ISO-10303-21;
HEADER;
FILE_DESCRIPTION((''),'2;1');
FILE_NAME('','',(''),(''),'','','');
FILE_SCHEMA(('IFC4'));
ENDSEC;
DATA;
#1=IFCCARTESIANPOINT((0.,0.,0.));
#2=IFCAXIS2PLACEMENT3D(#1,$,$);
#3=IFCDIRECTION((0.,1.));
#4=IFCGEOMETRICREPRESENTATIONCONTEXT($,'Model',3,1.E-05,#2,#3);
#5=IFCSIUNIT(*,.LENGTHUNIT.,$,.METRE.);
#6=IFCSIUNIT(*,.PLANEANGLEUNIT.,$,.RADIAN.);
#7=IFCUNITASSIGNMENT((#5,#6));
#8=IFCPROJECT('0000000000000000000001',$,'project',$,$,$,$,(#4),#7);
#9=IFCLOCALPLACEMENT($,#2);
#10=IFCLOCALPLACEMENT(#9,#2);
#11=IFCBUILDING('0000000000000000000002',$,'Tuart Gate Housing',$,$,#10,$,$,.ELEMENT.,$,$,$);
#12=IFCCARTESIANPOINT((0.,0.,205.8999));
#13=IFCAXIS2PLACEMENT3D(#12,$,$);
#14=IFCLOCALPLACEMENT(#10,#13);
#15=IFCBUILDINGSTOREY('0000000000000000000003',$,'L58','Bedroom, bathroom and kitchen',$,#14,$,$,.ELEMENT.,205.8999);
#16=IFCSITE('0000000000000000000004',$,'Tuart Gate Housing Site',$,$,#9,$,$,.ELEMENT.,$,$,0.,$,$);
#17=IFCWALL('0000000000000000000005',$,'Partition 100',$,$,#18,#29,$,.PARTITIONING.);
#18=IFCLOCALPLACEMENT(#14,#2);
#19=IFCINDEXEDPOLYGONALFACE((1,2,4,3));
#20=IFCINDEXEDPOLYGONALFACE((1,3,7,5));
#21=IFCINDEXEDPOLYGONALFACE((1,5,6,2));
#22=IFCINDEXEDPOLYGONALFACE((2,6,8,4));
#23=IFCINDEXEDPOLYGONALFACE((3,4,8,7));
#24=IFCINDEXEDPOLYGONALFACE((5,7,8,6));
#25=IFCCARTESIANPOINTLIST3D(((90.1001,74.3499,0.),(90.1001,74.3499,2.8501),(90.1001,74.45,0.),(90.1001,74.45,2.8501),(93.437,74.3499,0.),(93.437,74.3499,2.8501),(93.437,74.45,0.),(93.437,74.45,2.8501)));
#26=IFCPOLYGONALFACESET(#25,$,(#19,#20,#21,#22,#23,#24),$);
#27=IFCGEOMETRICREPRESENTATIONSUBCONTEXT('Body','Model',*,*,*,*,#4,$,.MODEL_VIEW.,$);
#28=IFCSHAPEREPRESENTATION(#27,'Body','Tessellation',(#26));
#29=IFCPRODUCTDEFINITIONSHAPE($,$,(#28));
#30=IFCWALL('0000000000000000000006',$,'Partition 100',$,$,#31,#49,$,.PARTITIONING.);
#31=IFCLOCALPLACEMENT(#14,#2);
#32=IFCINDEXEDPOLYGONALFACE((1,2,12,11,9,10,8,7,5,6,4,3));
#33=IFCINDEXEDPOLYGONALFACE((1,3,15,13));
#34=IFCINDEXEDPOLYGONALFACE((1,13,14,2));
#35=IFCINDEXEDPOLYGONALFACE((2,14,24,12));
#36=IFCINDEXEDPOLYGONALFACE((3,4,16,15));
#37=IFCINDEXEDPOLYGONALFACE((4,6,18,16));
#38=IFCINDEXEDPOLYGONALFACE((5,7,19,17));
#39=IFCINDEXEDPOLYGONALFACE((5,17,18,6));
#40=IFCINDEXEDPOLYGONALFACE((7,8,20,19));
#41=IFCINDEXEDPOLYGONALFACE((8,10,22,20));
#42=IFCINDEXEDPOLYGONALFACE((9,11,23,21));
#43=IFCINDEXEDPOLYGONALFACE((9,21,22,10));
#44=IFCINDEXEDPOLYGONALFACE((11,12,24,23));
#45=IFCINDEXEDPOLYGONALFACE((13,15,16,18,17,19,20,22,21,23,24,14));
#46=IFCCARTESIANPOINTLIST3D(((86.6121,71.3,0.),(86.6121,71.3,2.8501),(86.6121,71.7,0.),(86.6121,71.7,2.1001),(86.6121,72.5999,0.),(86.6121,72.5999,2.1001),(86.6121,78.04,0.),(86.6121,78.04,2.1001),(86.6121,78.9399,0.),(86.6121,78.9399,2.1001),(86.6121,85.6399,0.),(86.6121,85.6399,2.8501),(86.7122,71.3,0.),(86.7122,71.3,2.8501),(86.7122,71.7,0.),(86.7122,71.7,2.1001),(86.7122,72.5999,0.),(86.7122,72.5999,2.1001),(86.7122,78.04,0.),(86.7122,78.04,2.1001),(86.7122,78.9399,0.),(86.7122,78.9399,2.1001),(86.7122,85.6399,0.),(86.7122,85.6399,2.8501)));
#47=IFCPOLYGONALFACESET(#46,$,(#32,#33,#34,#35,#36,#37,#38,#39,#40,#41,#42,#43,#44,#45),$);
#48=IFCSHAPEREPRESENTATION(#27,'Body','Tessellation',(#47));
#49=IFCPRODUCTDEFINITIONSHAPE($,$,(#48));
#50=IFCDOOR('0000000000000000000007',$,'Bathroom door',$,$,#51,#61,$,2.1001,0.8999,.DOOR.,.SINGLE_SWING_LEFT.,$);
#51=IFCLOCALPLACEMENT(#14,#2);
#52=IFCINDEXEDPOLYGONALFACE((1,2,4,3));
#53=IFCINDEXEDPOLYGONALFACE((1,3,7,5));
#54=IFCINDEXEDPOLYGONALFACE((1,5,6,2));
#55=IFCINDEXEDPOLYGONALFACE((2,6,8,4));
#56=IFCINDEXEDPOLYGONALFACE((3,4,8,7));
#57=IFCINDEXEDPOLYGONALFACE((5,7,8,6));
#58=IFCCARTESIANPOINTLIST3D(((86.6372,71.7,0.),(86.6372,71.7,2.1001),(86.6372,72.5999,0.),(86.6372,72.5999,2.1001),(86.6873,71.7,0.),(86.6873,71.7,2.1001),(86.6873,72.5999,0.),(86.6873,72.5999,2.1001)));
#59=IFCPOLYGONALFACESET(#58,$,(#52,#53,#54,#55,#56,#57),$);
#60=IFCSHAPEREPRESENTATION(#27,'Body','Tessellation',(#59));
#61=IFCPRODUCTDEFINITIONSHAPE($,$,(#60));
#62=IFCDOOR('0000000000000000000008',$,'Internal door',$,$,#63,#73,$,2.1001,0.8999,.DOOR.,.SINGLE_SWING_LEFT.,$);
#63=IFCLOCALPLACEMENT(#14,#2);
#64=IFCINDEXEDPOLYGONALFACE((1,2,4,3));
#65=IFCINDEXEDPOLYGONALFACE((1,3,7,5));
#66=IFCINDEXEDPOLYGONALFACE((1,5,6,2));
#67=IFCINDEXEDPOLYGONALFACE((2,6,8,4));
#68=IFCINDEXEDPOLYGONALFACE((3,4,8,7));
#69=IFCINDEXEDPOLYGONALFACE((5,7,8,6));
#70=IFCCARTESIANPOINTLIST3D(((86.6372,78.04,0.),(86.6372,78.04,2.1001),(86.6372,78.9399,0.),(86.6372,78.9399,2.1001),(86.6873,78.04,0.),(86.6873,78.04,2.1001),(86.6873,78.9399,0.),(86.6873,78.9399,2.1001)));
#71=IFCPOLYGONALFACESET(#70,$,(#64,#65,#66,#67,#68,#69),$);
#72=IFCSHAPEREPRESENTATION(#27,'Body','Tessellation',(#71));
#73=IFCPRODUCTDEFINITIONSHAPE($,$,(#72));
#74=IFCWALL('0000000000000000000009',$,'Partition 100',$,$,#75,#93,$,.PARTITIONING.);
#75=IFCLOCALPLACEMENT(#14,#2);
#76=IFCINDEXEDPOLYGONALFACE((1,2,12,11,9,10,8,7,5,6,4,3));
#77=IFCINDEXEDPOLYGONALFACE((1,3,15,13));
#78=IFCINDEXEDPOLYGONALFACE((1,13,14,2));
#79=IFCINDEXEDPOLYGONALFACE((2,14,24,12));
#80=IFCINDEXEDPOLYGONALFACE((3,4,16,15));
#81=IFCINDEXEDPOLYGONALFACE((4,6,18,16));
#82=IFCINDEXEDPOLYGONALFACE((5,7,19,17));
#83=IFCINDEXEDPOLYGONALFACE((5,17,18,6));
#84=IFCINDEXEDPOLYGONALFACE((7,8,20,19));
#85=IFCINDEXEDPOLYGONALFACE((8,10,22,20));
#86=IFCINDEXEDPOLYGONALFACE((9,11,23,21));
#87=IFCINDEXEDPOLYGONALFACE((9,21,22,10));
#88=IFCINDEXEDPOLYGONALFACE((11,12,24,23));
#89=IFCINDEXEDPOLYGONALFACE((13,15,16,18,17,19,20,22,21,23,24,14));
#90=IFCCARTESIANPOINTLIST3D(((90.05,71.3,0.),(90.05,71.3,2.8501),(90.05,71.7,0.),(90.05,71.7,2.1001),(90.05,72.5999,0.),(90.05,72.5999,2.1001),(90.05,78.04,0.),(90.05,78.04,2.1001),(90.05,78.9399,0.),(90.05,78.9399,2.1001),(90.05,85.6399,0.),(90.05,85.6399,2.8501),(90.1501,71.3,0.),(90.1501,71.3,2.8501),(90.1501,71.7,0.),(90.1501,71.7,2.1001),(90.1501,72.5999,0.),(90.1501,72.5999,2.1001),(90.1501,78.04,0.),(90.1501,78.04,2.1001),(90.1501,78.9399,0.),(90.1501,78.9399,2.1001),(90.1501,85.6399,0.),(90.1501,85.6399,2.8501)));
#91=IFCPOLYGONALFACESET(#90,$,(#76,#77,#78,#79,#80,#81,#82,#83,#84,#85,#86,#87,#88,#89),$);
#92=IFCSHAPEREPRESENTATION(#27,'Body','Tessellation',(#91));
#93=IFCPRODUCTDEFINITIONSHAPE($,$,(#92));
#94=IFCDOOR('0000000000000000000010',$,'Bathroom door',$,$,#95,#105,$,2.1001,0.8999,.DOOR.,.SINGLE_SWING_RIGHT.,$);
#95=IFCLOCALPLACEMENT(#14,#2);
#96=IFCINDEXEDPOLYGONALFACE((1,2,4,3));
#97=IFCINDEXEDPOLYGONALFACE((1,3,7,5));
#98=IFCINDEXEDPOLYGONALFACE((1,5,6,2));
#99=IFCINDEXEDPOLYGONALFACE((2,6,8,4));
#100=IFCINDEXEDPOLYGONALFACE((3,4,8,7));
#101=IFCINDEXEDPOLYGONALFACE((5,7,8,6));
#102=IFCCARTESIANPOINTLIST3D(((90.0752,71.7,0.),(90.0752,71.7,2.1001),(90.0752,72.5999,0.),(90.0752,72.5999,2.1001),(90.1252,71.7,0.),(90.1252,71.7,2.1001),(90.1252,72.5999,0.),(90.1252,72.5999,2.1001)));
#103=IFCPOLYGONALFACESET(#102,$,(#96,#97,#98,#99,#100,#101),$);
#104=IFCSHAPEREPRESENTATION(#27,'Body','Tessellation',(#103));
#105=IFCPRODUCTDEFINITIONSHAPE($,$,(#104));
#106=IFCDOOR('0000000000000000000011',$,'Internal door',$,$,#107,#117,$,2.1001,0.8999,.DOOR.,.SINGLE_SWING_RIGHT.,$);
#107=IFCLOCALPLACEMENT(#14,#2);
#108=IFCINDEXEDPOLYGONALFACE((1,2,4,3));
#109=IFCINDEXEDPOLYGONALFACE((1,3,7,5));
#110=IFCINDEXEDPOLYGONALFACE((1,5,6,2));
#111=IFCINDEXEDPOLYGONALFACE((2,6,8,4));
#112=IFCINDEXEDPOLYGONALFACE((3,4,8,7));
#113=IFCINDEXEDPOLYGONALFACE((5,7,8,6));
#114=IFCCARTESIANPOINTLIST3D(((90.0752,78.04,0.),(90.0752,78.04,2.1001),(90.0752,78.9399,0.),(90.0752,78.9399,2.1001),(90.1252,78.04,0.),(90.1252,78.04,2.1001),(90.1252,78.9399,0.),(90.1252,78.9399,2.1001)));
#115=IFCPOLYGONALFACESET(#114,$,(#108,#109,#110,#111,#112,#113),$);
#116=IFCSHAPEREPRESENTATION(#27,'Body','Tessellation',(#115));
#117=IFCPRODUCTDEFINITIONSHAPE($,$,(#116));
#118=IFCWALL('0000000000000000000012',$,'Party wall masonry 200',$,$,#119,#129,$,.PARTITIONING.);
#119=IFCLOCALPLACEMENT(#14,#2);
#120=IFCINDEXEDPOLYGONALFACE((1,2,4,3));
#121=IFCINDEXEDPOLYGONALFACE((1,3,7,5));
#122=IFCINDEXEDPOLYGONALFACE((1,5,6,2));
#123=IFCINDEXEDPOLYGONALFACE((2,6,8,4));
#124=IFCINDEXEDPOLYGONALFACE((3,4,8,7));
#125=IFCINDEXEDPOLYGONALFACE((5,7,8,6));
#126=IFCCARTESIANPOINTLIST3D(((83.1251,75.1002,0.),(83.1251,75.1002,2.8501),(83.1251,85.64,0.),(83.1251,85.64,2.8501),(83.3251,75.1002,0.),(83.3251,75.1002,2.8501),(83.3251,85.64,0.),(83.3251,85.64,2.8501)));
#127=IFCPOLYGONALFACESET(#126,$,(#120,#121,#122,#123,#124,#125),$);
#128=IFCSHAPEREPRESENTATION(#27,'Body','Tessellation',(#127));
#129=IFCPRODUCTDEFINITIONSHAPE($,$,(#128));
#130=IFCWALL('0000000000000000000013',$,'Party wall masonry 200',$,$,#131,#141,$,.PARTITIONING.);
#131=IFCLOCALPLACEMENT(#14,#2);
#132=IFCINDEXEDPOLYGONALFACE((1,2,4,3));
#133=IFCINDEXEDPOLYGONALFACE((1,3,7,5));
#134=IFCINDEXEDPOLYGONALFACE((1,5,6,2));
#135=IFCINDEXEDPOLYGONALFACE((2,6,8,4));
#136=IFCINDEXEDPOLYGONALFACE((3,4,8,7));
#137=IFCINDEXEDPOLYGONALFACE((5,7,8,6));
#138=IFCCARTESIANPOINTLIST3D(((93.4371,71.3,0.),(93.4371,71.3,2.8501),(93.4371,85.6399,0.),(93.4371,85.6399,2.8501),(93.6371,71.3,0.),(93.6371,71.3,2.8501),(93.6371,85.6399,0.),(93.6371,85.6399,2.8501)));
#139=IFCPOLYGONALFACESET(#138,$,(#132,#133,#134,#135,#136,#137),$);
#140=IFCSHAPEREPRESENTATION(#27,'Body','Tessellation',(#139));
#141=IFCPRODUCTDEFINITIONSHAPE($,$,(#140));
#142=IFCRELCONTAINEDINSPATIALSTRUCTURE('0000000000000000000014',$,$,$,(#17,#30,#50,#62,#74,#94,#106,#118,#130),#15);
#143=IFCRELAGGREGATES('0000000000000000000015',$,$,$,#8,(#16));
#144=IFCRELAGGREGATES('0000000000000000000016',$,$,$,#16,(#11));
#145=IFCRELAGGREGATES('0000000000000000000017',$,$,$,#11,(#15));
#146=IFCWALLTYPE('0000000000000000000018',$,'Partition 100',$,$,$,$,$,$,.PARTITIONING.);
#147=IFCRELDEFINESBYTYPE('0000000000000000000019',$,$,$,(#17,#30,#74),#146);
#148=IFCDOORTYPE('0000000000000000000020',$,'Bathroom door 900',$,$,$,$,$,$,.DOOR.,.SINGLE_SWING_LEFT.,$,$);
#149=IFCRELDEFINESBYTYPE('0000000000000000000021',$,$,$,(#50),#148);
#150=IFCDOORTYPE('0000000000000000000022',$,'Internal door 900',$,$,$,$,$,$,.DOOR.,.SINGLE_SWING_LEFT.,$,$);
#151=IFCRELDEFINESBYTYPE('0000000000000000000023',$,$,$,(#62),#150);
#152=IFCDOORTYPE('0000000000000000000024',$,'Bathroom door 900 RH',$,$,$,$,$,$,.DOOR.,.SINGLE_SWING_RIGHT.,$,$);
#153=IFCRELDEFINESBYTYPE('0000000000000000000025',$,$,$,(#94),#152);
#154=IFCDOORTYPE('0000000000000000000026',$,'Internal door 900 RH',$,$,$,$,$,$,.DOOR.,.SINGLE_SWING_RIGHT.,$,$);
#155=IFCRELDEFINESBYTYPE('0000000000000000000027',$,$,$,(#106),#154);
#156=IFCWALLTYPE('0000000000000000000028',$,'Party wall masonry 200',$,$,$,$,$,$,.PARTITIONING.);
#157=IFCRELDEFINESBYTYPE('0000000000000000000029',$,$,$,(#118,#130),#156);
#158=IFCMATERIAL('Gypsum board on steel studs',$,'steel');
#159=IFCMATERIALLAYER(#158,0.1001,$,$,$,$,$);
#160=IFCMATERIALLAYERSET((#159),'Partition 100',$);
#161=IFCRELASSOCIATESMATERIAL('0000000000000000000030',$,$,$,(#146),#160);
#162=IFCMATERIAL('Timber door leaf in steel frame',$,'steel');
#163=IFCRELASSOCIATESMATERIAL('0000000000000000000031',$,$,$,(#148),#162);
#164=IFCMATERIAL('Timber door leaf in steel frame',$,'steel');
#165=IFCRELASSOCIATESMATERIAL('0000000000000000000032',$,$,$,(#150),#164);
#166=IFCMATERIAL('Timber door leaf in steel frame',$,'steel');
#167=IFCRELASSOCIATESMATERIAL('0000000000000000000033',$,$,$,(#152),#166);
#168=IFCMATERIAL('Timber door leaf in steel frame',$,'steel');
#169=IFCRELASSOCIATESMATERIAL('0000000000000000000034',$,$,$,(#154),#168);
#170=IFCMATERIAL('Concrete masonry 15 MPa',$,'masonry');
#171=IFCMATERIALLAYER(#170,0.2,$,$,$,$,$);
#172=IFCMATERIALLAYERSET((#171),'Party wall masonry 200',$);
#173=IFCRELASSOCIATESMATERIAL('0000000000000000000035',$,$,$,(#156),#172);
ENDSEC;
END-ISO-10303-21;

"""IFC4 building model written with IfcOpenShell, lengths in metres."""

from ifc_helpers import new_model, si_unit, direction, frame, frame_2d, origin, place, context, subcontext, project, spatial, rectangle, extrude, material, layer, layer_set, type_object, element, fill, save


model = new_model("IFC4")

# Units and contexts
model_context = context("Model", 3, precision=1e-05, world=origin(), true_north=direction((0.0, 1.0)))
body_context = subcontext(model_context, "Body", "Model", "MODEL_VIEW")
ifc_project = project(units=[si_unit("LENGTHUNIT", "METRE"), si_unit("PLANEANGLEUNIT", "RADIAN")], contexts=[model_context])

# Site, building, storey
site_placement = place(None, origin())
site = spatial("IfcSite", under=ifc_project, at=site_placement, Name="Tuart Gate Housing Site", CompositionType="ELEMENT", RefElevation=0.0)
building_placement = place(site_placement, origin())
building = spatial("IfcBuilding", under=site, at=building_placement, Name="Tuart Gate Housing", CompositionType="ELEMENT")
storey_placement = place(building_placement, frame((0.0, 0.0, 205.8999)))
storey = spatial("IfcBuildingStorey", under=building, at=storey_placement, Name="L58", Description="Bedroom, bathroom and kitchen", CompositionType="ELEMENT", Elevation=205.8999)

# Wall
ifc_material_1 = material(Name="Gypsum board on steel studs", Category="steel")
ifc_layer_1 = layer(ifc_material_1, 0.1001)
ifc_layer_set_1 = layer_set([ifc_layer_1], Name="Partition 100")
wall_type_1 = type_object("IfcWallType", Name="Partition 100", PredefinedType="PARTITIONING", material=ifc_layer_set_1)
wall_1_placement = place(storey_placement, frame((90.1001, 74.3999, 0.0), z_axis=(0.0, 0.0, 1.0), x_axis=(1.0, 0.0, 0.0)))
element("IfcWall", 1, at=wall_1_placement, inside=storey, type_object=wall_type_1, Name="Partition 100", PredefinedType="PARTITIONING", context=body_context, shape_type="SweptSolid", body=[
    extrude(rectangle(XDim=3.3369, YDim=0.1001, at=frame_2d((1.6685, 0.0))), origin(), (0.0, 0.0, 1.0), 2.8501),
])

# Walls, openings, doors
wall_2_placement = place(storey_placement, frame((86.6621, 71.3, 0.0), z_axis=(0.0, 0.0, 1.0), x_axis=(0.0, 1.0, 0.0)))
wall_2 = element("IfcWall", 2, at=wall_2_placement, inside=storey, type_object=wall_type_1, Name="Partition 100", PredefinedType="PARTITIONING", context=body_context, shape_type="SweptSolid", body=[
    extrude(rectangle(XDim=14.3398, YDim=0.1001, at=frame_2d((7.1699, 0.0))), origin(), (0.0, 0.0, 1.0), 2.8501),
])
opening_1_placement = place(wall_2_placement, frame((6.74, 0.0, 0.0)))
opening_1 = element("IfcOpeningElement", 3, at=opening_1_placement, cuts=wall_2, PredefinedType="OPENING", context=body_context, shape_type="SweptSolid", body=[
    extrude(rectangle(XDim=0.8999, YDim=2.1001, at=frame_2d((0.45, 1.05))), frame((0.0, 0.0601, 0.0), z_axis=(0.0, -1.0, 0.0), x_axis=(1.0, 0.0, 0.0)), (0.0, 0.0, 1.0), 0.1201),
])
opening_2_placement = place(wall_2_placement, frame((0.3999, 0.0, 0.0)))
opening_2 = element("IfcOpeningElement", 4, at=opening_2_placement, cuts=wall_2, PredefinedType="OPENING", context=body_context, shape_type="SweptSolid", body=[
    extrude(rectangle(XDim=0.8999, YDim=2.1001, at=frame_2d((0.45, 1.05))), frame((0.0, 0.0601, 0.0), z_axis=(0.0, -1.0, 0.0), x_axis=(1.0, 0.0, 0.0)), (0.0, 0.0, 1.0), 0.1201),
])
ifc_material_2 = material(Name="Timber door leaf in steel frame", Category="steel")
door_type_1 = type_object("IfcDoorType", Name="Bathroom door 900", OperationType="SINGLE_SWING_LEFT", PredefinedType="DOOR", material=ifc_material_2)
door_1_placement = place(opening_2_placement, origin())
door_1 = element("IfcDoor", 5, at=door_1_placement, inside=storey, type_object=door_type_1, Name="Bathroom door", OperationType="SINGLE_SWING_LEFT", OverallHeight=2.1001, OverallWidth=0.8999, PredefinedType="DOOR", context=body_context, shape_type="SweptSolid", body=[
    extrude(rectangle(XDim=0.8999, YDim=2.1001, at=frame_2d((0.45, 1.05))), frame((0.0, 0.0249, 0.0), z_axis=(0.0, -1.0, 0.0), x_axis=(1.0, 0.0, 0.0)), (0.0, 0.0, 1.0), 0.05),
])
fill(opening_2, door_1)
ifc_material_3 = material(Name="Timber door leaf in steel frame", Category="steel")
door_type_2 = type_object("IfcDoorType", Name="Internal door 900", OperationType="SINGLE_SWING_LEFT", PredefinedType="DOOR", material=ifc_material_3)
door_2_placement = place(opening_1_placement, origin())
door_2 = element("IfcDoor", 6, at=door_2_placement, inside=storey, type_object=door_type_2, Name="Internal door", OperationType="SINGLE_SWING_LEFT", OverallHeight=2.1001, OverallWidth=0.8999, PredefinedType="DOOR", context=body_context, shape_type="SweptSolid", body=[
    extrude(rectangle(XDim=0.8999, YDim=2.1001, at=frame_2d((0.45, 1.05))), frame((0.0, 0.0249, 0.0), z_axis=(0.0, -1.0, 0.0), x_axis=(1.0, 0.0, 0.0)), (0.0, 0.0, 1.0), 0.05),
])
fill(opening_1, door_2)
wall_3_placement = place(storey_placement, frame((90.1001, 71.3, 0.0), z_axis=(0.0, 0.0, 1.0), x_axis=(0.0, 1.0, 0.0)))
wall_3 = element("IfcWall", 7, at=wall_3_placement, inside=storey, type_object=wall_type_1, Name="Partition 100", PredefinedType="PARTITIONING", context=body_context, shape_type="SweptSolid", body=[
    extrude(rectangle(XDim=14.3398, YDim=0.1001, at=frame_2d((7.1699, 0.0))), origin(), (0.0, 0.0, 1.0), 2.8501),
])
opening_3_placement = place(wall_3_placement, frame((6.74, 0.0, 0.0)))
opening_3 = element("IfcOpeningElement", 8, at=opening_3_placement, cuts=wall_3, PredefinedType="OPENING", context=body_context, shape_type="SweptSolid", body=[
    extrude(rectangle(XDim=0.8999, YDim=2.1001, at=frame_2d((0.45, 1.05))), frame((0.0, 0.0601, 0.0), z_axis=(0.0, -1.0, 0.0), x_axis=(1.0, 0.0, 0.0)), (0.0, 0.0, 1.0), 0.1201),
])
opening_4_placement = place(wall_3_placement, frame((0.3999, 0.0, 0.0)))
opening_4 = element("IfcOpeningElement", 9, at=opening_4_placement, cuts=wall_3, PredefinedType="OPENING", context=body_context, shape_type="SweptSolid", body=[
    extrude(rectangle(XDim=0.8999, YDim=2.1001, at=frame_2d((0.45, 1.05))), frame((0.0, 0.0601, 0.0), z_axis=(0.0, -1.0, 0.0), x_axis=(1.0, 0.0, 0.0)), (0.0, 0.0, 1.0), 0.1201),
])
ifc_material_4 = material(Name="Timber door leaf in steel frame", Category="steel")
door_type_3 = type_object("IfcDoorType", Name="Bathroom door 900 RH", OperationType="SINGLE_SWING_RIGHT", PredefinedType="DOOR", material=ifc_material_4)
door_3_placement = place(opening_4_placement, frame((0.8999, 0.0, 0.0), z_axis=(0.0, 0.0, 1.0), x_axis=(-1.0, 0.0, 0.0)))
door_3 = element("IfcDoor", 10, at=door_3_placement, inside=storey, type_object=door_type_3, Name="Bathroom door", OperationType="SINGLE_SWING_RIGHT", OverallHeight=2.1001, OverallWidth=0.8999, PredefinedType="DOOR", context=body_context, shape_type="SweptSolid", body=[
    extrude(rectangle(XDim=0.8999, YDim=2.1001, at=frame_2d((0.45, 1.05))), frame((0.0, 0.0251, 0.0), z_axis=(0.0, -1.0, 0.0), x_axis=(1.0, 0.0, 0.0)), (0.0, 0.0, 1.0), 0.05),
])
fill(opening_4, door_3)
ifc_material_5 = material(Name="Timber door leaf in steel frame", Category="steel")
door_type_4 = type_object("IfcDoorType", Name="Internal door 900 RH", OperationType="SINGLE_SWING_RIGHT", PredefinedType="DOOR", material=ifc_material_5)
door_4_placement = place(opening_3_placement, frame((0.8999, 0.0, 0.0), z_axis=(0.0, 0.0, 1.0), x_axis=(-1.0, 0.0, 0.0)))
door_4 = element("IfcDoor", 11, at=door_4_placement, inside=storey, type_object=door_type_4, Name="Internal door", OperationType="SINGLE_SWING_RIGHT", OverallHeight=2.1001, OverallWidth=0.8999, PredefinedType="DOOR", context=body_context, shape_type="SweptSolid", body=[
    extrude(rectangle(XDim=0.8999, YDim=2.1001, at=frame_2d((0.45, 1.05))), frame((0.0, 0.0251, 0.0), z_axis=(0.0, -1.0, 0.0), x_axis=(1.0, 0.0, 0.0)), (0.0, 0.0, 1.0), 0.05),
])
fill(opening_3, door_4)

# Walls
ifc_material_6 = material(Name="Concrete masonry 15 MPa", Category="masonry")
ifc_layer_2 = layer(ifc_material_6, 0.2)
ifc_layer_set_2 = layer_set([ifc_layer_2], Name="Party wall masonry 200")
wall_type_2 = type_object("IfcWallType", Name="Party wall masonry 200", PredefinedType="PARTITIONING", material=ifc_layer_set_2)
wall_4_placement = place(storey_placement, frame((83.2251, 75.1001, 0.0), z_axis=(0.0, 0.0, 1.0), x_axis=(0.0, 1.0, 0.0)))
element("IfcWall", 12, at=wall_4_placement, inside=storey, type_object=wall_type_2, Name="Party wall masonry 200", PredefinedType="PARTITIONING", context=body_context, shape_type="SweptSolid", body=[
    extrude(rectangle(XDim=10.5398, YDim=0.2, at=frame_2d((5.27, 0.0))), origin(), (0.0, 0.0, 1.0), 2.8501),
])
wall_5_placement = place(storey_placement, frame((93.5371, 71.3, 0.0), z_axis=(0.0, 0.0, 1.0), x_axis=(0.0, 1.0, 0.0)))
element("IfcWall", 13, at=wall_5_placement, inside=storey, type_object=wall_type_2, Name="Party wall masonry 200", PredefinedType="PARTITIONING", context=body_context, shape_type="SweptSolid", body=[
    extrude(rectangle(XDim=14.3398, YDim=0.2, at=frame_2d((7.1699, 0.0))), origin(), (0.0, 0.0, 1.0), 2.8501),
])

save(model, "model.ifc")
